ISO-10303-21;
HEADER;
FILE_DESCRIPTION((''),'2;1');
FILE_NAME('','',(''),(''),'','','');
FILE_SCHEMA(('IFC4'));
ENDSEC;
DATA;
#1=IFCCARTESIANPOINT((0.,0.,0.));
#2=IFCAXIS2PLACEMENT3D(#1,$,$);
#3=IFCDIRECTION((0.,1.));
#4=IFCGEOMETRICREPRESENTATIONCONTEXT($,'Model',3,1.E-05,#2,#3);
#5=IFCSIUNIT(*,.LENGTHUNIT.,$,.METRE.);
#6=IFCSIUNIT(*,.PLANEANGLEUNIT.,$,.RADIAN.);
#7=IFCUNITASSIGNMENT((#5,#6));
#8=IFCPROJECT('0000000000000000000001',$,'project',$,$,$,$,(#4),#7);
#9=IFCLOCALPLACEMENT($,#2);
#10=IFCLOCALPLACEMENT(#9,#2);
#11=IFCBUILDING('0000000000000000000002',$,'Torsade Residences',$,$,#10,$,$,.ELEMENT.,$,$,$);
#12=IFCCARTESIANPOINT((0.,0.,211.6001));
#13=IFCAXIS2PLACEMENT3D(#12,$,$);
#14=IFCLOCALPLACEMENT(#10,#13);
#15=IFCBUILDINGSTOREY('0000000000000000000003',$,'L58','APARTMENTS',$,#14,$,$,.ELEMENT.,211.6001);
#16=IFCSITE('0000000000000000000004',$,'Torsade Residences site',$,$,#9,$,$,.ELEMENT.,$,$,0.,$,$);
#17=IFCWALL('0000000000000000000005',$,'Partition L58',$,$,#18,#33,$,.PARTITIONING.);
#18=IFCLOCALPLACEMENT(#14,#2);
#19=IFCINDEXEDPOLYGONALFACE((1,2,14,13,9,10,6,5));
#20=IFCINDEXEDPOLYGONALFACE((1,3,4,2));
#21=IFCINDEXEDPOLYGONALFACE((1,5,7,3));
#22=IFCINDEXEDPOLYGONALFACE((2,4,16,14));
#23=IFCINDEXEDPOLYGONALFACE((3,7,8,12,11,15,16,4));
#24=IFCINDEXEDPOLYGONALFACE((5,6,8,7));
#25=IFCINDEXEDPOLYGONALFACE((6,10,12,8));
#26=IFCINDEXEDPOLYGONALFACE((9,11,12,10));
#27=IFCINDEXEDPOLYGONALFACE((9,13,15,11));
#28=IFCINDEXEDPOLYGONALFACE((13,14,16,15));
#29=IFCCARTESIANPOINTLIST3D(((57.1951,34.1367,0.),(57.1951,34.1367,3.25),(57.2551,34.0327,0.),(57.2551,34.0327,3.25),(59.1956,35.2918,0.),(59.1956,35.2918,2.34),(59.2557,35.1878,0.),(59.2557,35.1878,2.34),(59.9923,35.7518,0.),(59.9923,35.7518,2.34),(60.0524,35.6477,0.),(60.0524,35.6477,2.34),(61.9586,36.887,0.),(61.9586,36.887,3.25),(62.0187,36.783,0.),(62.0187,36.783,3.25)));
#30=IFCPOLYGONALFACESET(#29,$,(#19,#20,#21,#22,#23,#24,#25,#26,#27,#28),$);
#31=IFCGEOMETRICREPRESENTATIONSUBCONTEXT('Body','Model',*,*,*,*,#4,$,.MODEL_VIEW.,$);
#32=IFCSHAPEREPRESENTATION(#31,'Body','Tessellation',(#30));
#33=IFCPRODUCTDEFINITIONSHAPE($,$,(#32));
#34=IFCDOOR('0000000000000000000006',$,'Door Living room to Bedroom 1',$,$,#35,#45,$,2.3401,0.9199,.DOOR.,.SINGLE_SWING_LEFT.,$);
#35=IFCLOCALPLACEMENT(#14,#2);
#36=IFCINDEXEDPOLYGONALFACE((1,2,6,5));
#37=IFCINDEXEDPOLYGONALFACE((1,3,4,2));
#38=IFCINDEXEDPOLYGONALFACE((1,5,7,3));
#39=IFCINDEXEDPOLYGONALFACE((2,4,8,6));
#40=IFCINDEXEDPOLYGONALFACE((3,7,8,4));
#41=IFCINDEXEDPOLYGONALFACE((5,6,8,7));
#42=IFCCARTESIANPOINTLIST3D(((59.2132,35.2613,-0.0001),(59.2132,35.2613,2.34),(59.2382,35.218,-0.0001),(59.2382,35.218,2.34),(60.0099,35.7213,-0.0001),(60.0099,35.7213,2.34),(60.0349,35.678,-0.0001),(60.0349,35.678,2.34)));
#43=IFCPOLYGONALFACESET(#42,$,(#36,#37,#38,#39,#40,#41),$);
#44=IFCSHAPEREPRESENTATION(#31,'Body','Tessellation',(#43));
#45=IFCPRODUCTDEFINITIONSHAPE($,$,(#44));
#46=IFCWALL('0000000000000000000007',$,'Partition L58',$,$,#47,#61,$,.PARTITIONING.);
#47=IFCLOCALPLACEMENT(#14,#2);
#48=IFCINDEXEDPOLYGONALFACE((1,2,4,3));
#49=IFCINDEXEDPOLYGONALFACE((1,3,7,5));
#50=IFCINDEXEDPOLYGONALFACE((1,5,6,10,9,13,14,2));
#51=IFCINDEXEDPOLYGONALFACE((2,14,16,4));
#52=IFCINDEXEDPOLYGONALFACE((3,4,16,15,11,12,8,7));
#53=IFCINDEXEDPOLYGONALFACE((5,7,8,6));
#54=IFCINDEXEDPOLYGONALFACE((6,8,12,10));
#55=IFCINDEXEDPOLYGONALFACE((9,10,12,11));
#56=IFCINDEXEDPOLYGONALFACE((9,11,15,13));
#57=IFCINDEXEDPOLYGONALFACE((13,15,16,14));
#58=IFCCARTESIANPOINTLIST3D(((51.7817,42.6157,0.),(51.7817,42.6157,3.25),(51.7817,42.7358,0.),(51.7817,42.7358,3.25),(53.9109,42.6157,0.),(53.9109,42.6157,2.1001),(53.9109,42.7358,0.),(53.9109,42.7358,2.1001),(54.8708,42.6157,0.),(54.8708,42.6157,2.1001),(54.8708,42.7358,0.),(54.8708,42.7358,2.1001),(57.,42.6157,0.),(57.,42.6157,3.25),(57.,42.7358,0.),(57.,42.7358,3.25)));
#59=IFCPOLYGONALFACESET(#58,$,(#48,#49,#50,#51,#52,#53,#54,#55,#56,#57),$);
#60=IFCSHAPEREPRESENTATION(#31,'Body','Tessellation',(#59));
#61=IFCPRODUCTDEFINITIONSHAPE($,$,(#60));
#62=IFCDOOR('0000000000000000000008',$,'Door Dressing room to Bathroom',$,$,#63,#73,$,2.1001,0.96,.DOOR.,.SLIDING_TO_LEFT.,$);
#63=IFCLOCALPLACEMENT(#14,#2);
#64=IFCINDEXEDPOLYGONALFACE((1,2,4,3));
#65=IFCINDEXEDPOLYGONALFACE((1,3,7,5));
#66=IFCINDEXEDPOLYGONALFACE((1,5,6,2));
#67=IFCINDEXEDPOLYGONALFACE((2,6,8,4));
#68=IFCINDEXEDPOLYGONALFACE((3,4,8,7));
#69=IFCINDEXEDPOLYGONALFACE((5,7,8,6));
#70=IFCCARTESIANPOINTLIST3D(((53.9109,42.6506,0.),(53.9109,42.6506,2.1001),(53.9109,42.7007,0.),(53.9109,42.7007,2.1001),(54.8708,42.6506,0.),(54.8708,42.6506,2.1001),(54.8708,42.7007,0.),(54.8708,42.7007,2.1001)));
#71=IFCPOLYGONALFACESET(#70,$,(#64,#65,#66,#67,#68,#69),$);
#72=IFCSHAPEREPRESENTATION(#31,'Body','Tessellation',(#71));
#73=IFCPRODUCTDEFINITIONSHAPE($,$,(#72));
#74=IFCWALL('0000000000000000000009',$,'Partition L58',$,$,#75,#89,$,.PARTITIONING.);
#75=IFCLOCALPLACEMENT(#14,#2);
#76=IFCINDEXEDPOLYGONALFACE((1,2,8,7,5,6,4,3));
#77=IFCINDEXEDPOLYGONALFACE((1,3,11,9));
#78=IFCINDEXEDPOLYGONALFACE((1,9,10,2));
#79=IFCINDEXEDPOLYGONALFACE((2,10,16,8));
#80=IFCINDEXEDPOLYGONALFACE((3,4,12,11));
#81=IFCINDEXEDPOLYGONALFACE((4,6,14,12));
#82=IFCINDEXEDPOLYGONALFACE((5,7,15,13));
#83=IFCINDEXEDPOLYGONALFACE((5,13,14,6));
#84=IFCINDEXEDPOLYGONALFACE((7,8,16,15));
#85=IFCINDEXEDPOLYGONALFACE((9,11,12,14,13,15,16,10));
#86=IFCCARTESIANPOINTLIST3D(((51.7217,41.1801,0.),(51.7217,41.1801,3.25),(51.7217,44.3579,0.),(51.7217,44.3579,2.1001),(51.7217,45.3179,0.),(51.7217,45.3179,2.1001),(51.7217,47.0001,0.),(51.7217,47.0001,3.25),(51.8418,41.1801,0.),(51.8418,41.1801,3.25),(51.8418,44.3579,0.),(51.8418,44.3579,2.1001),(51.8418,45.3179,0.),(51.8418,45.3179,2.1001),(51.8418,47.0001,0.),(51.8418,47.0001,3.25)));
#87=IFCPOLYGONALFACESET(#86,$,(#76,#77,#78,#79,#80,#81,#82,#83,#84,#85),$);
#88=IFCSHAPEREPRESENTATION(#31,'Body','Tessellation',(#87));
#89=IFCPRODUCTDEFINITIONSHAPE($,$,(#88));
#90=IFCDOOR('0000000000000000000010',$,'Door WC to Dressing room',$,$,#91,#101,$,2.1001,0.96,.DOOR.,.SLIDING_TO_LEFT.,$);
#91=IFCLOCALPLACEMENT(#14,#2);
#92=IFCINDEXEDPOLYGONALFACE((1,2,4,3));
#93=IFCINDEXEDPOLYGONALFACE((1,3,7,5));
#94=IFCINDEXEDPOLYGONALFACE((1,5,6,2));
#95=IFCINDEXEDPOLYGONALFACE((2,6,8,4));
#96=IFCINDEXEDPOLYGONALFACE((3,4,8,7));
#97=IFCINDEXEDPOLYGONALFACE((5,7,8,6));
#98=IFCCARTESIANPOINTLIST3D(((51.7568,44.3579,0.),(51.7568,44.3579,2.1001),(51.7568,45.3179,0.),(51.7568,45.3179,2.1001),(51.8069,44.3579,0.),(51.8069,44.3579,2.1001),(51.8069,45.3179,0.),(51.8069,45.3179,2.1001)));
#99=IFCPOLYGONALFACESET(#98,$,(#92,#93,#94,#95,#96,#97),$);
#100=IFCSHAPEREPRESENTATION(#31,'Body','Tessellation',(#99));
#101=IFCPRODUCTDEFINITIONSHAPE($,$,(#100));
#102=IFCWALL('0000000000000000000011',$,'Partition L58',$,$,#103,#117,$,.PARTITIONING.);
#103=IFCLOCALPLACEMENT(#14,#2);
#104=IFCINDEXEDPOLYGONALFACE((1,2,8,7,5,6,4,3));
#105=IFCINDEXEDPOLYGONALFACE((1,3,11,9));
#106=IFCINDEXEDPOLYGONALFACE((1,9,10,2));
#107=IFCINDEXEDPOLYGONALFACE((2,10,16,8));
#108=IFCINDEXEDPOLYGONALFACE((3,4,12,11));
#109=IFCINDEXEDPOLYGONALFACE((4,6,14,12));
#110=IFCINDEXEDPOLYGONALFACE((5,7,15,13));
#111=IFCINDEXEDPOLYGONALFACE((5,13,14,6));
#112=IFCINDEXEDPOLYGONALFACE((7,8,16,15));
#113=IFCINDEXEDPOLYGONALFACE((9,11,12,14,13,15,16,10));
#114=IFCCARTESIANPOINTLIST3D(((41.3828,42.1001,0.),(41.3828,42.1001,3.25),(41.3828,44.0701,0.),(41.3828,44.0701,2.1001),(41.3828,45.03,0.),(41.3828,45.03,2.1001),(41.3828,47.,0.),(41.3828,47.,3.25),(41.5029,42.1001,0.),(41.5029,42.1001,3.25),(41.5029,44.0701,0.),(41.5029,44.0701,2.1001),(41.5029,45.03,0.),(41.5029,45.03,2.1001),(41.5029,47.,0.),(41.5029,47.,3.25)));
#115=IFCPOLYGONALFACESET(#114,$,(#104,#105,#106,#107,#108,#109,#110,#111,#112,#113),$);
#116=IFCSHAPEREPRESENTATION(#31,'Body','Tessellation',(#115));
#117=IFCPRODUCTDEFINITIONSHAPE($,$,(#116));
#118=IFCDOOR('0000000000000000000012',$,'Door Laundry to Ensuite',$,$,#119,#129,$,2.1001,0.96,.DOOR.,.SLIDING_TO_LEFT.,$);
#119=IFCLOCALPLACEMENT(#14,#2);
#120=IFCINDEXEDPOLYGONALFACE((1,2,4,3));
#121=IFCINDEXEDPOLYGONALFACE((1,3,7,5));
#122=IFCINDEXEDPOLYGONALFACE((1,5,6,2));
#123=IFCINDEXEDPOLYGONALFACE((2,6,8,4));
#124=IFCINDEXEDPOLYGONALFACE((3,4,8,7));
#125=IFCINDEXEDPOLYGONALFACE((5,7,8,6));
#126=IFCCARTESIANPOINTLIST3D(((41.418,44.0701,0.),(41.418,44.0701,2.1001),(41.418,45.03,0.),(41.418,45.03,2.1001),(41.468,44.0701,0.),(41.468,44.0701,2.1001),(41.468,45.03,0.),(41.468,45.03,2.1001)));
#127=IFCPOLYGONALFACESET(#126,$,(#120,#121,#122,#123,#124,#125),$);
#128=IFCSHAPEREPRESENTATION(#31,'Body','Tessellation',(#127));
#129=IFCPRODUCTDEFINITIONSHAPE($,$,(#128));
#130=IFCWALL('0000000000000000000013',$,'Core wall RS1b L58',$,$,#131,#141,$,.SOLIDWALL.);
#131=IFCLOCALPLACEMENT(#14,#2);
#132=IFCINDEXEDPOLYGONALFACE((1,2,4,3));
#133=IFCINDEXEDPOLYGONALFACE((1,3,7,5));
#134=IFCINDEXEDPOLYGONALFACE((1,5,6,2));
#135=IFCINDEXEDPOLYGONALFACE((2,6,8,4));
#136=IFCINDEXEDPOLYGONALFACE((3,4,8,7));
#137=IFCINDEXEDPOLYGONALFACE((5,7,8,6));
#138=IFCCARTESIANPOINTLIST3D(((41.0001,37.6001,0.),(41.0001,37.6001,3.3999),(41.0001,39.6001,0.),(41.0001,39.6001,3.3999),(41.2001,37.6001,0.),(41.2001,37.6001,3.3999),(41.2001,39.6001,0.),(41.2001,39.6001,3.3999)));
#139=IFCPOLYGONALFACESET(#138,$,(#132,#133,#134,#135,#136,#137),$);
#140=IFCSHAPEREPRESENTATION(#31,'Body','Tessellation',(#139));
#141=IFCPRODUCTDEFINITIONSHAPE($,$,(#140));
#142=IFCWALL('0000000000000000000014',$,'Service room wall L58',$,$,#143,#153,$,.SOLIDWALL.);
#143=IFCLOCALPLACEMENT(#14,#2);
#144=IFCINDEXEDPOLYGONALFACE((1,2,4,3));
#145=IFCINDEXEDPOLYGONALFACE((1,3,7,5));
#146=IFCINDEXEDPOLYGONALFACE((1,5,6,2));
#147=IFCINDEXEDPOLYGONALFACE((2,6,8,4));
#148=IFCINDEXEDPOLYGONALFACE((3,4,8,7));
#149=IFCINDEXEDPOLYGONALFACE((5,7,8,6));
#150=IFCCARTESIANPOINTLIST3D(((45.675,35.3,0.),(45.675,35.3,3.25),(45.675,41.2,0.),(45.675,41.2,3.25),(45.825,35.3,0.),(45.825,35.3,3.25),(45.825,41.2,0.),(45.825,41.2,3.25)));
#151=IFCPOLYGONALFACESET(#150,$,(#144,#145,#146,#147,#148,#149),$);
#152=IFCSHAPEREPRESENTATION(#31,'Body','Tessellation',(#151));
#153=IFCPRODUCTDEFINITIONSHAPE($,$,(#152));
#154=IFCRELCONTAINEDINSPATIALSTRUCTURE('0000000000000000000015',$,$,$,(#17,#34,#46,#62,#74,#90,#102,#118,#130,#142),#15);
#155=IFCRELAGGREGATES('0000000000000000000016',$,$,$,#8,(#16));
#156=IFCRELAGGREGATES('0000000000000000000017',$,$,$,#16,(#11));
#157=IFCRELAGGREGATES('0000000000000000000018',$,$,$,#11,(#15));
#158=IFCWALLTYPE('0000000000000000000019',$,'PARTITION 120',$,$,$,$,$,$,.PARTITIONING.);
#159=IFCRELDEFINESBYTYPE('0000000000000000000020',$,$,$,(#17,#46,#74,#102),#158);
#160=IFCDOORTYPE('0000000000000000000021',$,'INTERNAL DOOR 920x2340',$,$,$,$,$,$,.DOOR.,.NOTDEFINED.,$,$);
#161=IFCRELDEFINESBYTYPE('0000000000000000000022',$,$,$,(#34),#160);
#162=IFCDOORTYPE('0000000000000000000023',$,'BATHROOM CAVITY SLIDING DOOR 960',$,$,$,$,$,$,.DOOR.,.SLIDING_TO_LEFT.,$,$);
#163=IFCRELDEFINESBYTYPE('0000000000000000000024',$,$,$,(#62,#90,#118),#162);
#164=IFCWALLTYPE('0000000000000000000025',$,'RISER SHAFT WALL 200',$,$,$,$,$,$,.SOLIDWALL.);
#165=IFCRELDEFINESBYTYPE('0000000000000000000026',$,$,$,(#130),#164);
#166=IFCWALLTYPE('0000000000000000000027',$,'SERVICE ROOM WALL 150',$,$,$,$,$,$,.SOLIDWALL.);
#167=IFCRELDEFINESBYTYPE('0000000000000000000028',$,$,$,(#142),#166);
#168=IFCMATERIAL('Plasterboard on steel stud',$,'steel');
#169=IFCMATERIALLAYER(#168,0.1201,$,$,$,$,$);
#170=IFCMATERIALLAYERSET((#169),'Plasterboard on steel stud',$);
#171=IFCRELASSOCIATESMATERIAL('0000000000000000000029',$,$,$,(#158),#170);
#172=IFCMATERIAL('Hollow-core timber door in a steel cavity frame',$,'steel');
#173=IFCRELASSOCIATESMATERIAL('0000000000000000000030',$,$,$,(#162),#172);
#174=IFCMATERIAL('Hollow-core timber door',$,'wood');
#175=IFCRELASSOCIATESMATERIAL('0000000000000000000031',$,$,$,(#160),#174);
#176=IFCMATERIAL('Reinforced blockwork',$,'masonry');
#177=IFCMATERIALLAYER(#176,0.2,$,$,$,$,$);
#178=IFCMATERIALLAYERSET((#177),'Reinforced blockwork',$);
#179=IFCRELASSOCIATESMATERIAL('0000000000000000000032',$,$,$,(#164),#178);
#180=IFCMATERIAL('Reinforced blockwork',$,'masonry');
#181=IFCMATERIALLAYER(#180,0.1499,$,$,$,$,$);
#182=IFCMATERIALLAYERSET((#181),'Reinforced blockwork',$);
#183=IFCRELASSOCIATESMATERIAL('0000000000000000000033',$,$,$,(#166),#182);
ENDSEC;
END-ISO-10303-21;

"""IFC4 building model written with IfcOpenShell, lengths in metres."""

from ifc_helpers import new_model, si_unit, direction, frame, frame_2d, origin, place, context, subcontext, project, spatial, rectangle, extrude, material, layer, layer_set, type_object, element, fill, save


model = new_model("IFC4")

# Units and contexts
model_context = context("Model", 3, precision=1e-05, world=origin(), true_north=direction((0.0, 1.0)))
body_context = subcontext(model_context, "Body", "Model", "MODEL_VIEW")
ifc_project = project(units=[si_unit("LENGTHUNIT", "METRE"), si_unit("PLANEANGLEUNIT", "RADIAN")], contexts=[model_context])

# Site, building, storey
site_placement = place(None, origin())
site = spatial("IfcSite", under=ifc_project, at=site_placement, Name="Torsade Residences site", CompositionType="ELEMENT", RefElevation=0.0)
building_placement = place(site_placement, origin())
building = spatial("IfcBuilding", under=site, at=building_placement, Name="Torsade Residences", CompositionType="ELEMENT")
storey_placement = place(building_placement, frame((0.0, 0.0, 211.6001)))
storey = spatial("IfcBuildingStorey", under=building, at=storey_placement, Name="L58", Description="APARTMENTS", CompositionType="ELEMENT", Elevation=211.6001)

# Shared definitions
ifc_material_1 = material(Name="Plasterboard on steel stud", Category="steel")
ifc_layer_1 = layer(ifc_material_1, 0.1201)
ifc_layer_set_1 = layer_set([ifc_layer_1], Name="Plasterboard on steel stud")
wall_type_1 = type_object("IfcWallType", Name="PARTITION 120", PredefinedType="PARTITIONING", material=ifc_layer_set_1)
ifc_material_2 = material(Name="Hollow-core timber door in a steel cavity frame", Category="steel")
door_type_1 = type_object("IfcDoorType", Name="BATHROOM CAVITY SLIDING DOOR 960", OperationType="SLIDING_TO_LEFT", PredefinedType="DOOR", material=ifc_material_2)

# Walls, openings, doors
wall_1_placement = place(storey_placement, frame((57.2251, 34.0847, 0.0), z_axis=(0.0, 0.0, 1.0), x_axis=(0.866019, 0.500011, 0.0)))
wall_1 = element("IfcWall", 1, at=wall_1_placement, inside=storey, type_object=wall_type_1, Name="Partition L58", PredefinedType="PARTITIONING", context=body_context, shape_type="SweptSolid", body=[
    extrude(rectangle(XDim=5.5005, YDim=0.1201, at=frame_2d((2.7502, 0.0))), origin(), (0.0, 0.0, 1.0), 3.25),
])
opening_1_placement = place(wall_1_placement, frame((2.3101, 0.0, 0.0)))
opening_1 = element("IfcOpeningElement", 2, at=opening_1_placement, cuts=wall_1, PredefinedType="OPENING", context=body_context, shape_type="SweptSolid", body=[
    extrude(rectangle(XDim=0.9199, YDim=2.3401, at=frame_2d((0.46, 1.1699))), frame((0.0, 0.0701, 0.0), z_axis=(0.0, -1.0, 0.0), x_axis=(1.0, 0.0, 0.0)), (0.0, 0.0, 1.0), 0.1401),
])
ifc_material_3 = material(Name="Hollow-core timber door", Category="wood")
door_type_2 = type_object("IfcDoorType", Name="INTERNAL DOOR 920x2340", OperationType="NOTDEFINED", PredefinedType="DOOR", material=ifc_material_3)
door_1_placement = place(opening_1_placement, origin())
door_1 = element("IfcDoor", 3, at=door_1_placement, inside=storey, type_object=door_type_2, Name="Door Living room to Bedroom 1", OperationType="SINGLE_SWING_LEFT", OverallHeight=2.3401, OverallWidth=0.9199, PredefinedType="DOOR", context=body_context, shape_type="SweptSolid", body=[
    extrude(rectangle(XDim=0.9199, YDim=2.3401, at=frame_2d((0.46, 1.1699))), frame((0.0, 0.0249, 0.0), z_axis=(0.0, -1.0, 0.0), x_axis=(1.0, 0.0, 0.0)), (0.0, 0.0, 1.0), 0.05),
])
fill(opening_1, door_1)
wall_2_placement = place(storey_placement, frame((51.7817, 42.6758, 0.0), z_axis=(0.0, 0.0, 1.0), x_axis=(1.0, 0.0, 0.0)))
wall_2 = element("IfcWall", 4, at=wall_2_placement, inside=storey, type_object=wall_type_1, Name="Partition L58", PredefinedType="PARTITIONING", context=body_context, shape_type="SweptSolid", body=[
    extrude(rectangle(XDim=5.2183, YDim=0.1201, at=frame_2d((2.6091, 0.0))), origin(), (0.0, 0.0, 1.0), 3.25),
])
opening_2_placement = place(wall_2_placement, frame((2.1292, 0.0, 0.0)))
opening_2 = element("IfcOpeningElement", 5, at=opening_2_placement, cuts=wall_2, PredefinedType="OPENING", context=body_context, shape_type="SweptSolid", body=[
    extrude(rectangle(XDim=0.96, YDim=2.1001, at=frame_2d((0.48, 1.05))), frame((0.0, 0.0701, 0.0), z_axis=(0.0, -1.0, 0.0), x_axis=(1.0, 0.0, 0.0)), (0.0, 0.0, 1.0), 0.1401),
])
door_2_placement = place(opening_2_placement, origin())
door_2 = element("IfcDoor", 6, at=door_2_placement, inside=storey, type_object=door_type_1, Name="Door Dressing room to Bathroom", OperationType="SLIDING_TO_LEFT", OverallHeight=2.1001, OverallWidth=0.96, PredefinedType="DOOR", context=body_context, shape_type="SweptSolid", body=[
    extrude(rectangle(XDim=0.96, YDim=2.1001, at=frame_2d((0.48, 1.05))), frame((0.0, 0.0249, 0.0), z_axis=(0.0, -1.0, 0.0), x_axis=(1.0, 0.0, 0.0)), (0.0, 0.0, 1.0), 0.05),
])
fill(opening_2, door_2)
wall_3_placement = place(storey_placement, frame((51.7817, 41.1799, 0.0), z_axis=(0.0, 0.0, 1.0), x_axis=(0.0, 1.0, 0.0)))
wall_3 = element("IfcWall", 7, at=wall_3_placement, inside=storey, type_object=wall_type_1, Name="Partition L58", PredefinedType="PARTITIONING", context=body_context, shape_type="SweptSolid", body=[
    extrude(rectangle(XDim=5.8201, YDim=0.1201, at=frame_2d((2.9102, 0.0))), origin(), (0.0, 0.0, 1.0), 3.25),
])
opening_3_placement = place(wall_3_placement, frame((3.178, 0.0, 0.0)))
opening_3 = element("IfcOpeningElement", 8, at=opening_3_placement, cuts=wall_3, PredefinedType="OPENING", context=body_context, shape_type="SweptSolid", body=[
    extrude(rectangle(XDim=0.96, YDim=2.1001, at=frame_2d((0.48, 1.05))), frame((0.0, 0.0701, 0.0), z_axis=(0.0, -1.0, 0.0), x_axis=(1.0, 0.0, 0.0)), (0.0, 0.0, 1.0), 0.1401),
])
door_3_placement = place(opening_3_placement, origin())
door_3 = element("IfcDoor", 9, at=door_3_placement, inside=storey, type_object=door_type_1, Name="Door WC to Dressing room", OperationType="SLIDING_TO_LEFT", OverallHeight=2.1001, OverallWidth=0.96, PredefinedType="DOOR", context=body_context, shape_type="SweptSolid", body=[
    extrude(rectangle(XDim=0.96, YDim=2.1001, at=frame_2d((0.48, 1.05))), frame((0.0, 0.0249, 0.0), z_axis=(0.0, -1.0, 0.0), x_axis=(1.0, 0.0, 0.0)), (0.0, 0.0, 1.0), 0.05),
])
fill(opening_3, door_3)
wall_4_placement = place(storey_placement, frame((41.4429, 42.1001, 0.0), z_axis=(0.0, 0.0, 1.0), x_axis=(0.0, 1.0, 0.0)))
wall_4 = element("IfcWall", 10, at=wall_4_placement, inside=storey, type_object=wall_type_1, Name="Partition L58", PredefinedType="PARTITIONING", context=body_context, shape_type="SweptSolid", body=[
    extrude(rectangle(XDim=4.8999, YDim=0.1201, at=frame_2d((2.45, 0.0))), origin(), (0.0, 0.0, 1.0), 3.25),
])
opening_4_placement = place(wall_4_placement, frame((1.97, 0.0, 0.0)))
opening_4 = element("IfcOpeningElement", 11, at=opening_4_placement, cuts=wall_4, PredefinedType="OPENING", context=body_context, shape_type="SweptSolid", body=[
    extrude(rectangle(XDim=0.96, YDim=2.1001, at=frame_2d((0.48, 1.05))), frame((0.0, 0.0701, 0.0), z_axis=(0.0, -1.0, 0.0), x_axis=(1.0, 0.0, 0.0)), (0.0, 0.0, 1.0), 0.1401),
])
door_4_placement = place(opening_4_placement, origin())
door_4 = element("IfcDoor", 12, at=door_4_placement, inside=storey, type_object=door_type_1, Name="Door Laundry to Ensuite", OperationType="SLIDING_TO_LEFT", OverallHeight=2.1001, OverallWidth=0.96, PredefinedType="DOOR", context=body_context, shape_type="SweptSolid", body=[
    extrude(rectangle(XDim=0.96, YDim=2.1001, at=frame_2d((0.48, 1.05))), frame((0.0, 0.0249, 0.0), z_axis=(0.0, -1.0, 0.0), x_axis=(1.0, 0.0, 0.0)), (0.0, 0.0, 1.0), 0.05),
])
fill(opening_4, door_4)

# Walls
ifc_material_4 = material(Name="Reinforced blockwork", Category="masonry")
ifc_layer_2 = layer(ifc_material_4, 0.2)
ifc_layer_set_2 = layer_set([ifc_layer_2], Name="Reinforced blockwork")
wall_type_2 = type_object("IfcWallType", Name="RISER SHAFT WALL 200", PredefinedType="SOLIDWALL", material=ifc_layer_set_2)
wall_5_placement = place(storey_placement, frame((41.1001, 37.6001, 0.0), z_axis=(0.0, 0.0, 1.0), x_axis=(0.0, 1.0, 0.0)))
element("IfcWall", 13, at=wall_5_placement, inside=storey, type_object=wall_type_2, Name="Core wall RS1b L58", PredefinedType="SOLIDWALL", context=body_context, shape_type="SweptSolid", body=[
    extrude(rectangle(XDim=2.0, YDim=0.2, at=frame_2d((1.0, 0.0))), origin(), (0.0, 0.0, 1.0), 3.3999),
])
ifc_material_5 = material(Name="Reinforced blockwork", Category="masonry")
ifc_layer_3 = layer(ifc_material_5, 0.1499)
ifc_layer_set_3 = layer_set([ifc_layer_3], Name="Reinforced blockwork")
wall_type_3 = type_object("IfcWallType", Name="SERVICE ROOM WALL 150", PredefinedType="SOLIDWALL", material=ifc_layer_set_3)
wall_6_placement = place(storey_placement, frame((45.75, 41.2, 0.0), z_axis=(0.0, 0.0, 1.0), x_axis=(0.0, -1.0, 0.0)))
element("IfcWall", 14, at=wall_6_placement, inside=storey, type_object=wall_type_3, Name="Service room wall L58", PredefinedType="SOLIDWALL", context=body_context, shape_type="SweptSolid", body=[
    extrude(rectangle(XDim=5.8999, YDim=0.1499, at=frame_2d((2.95, 0.0))), origin(), (0.0, 0.0, 1.0), 3.25),
])

save(model, "model.ifc")
